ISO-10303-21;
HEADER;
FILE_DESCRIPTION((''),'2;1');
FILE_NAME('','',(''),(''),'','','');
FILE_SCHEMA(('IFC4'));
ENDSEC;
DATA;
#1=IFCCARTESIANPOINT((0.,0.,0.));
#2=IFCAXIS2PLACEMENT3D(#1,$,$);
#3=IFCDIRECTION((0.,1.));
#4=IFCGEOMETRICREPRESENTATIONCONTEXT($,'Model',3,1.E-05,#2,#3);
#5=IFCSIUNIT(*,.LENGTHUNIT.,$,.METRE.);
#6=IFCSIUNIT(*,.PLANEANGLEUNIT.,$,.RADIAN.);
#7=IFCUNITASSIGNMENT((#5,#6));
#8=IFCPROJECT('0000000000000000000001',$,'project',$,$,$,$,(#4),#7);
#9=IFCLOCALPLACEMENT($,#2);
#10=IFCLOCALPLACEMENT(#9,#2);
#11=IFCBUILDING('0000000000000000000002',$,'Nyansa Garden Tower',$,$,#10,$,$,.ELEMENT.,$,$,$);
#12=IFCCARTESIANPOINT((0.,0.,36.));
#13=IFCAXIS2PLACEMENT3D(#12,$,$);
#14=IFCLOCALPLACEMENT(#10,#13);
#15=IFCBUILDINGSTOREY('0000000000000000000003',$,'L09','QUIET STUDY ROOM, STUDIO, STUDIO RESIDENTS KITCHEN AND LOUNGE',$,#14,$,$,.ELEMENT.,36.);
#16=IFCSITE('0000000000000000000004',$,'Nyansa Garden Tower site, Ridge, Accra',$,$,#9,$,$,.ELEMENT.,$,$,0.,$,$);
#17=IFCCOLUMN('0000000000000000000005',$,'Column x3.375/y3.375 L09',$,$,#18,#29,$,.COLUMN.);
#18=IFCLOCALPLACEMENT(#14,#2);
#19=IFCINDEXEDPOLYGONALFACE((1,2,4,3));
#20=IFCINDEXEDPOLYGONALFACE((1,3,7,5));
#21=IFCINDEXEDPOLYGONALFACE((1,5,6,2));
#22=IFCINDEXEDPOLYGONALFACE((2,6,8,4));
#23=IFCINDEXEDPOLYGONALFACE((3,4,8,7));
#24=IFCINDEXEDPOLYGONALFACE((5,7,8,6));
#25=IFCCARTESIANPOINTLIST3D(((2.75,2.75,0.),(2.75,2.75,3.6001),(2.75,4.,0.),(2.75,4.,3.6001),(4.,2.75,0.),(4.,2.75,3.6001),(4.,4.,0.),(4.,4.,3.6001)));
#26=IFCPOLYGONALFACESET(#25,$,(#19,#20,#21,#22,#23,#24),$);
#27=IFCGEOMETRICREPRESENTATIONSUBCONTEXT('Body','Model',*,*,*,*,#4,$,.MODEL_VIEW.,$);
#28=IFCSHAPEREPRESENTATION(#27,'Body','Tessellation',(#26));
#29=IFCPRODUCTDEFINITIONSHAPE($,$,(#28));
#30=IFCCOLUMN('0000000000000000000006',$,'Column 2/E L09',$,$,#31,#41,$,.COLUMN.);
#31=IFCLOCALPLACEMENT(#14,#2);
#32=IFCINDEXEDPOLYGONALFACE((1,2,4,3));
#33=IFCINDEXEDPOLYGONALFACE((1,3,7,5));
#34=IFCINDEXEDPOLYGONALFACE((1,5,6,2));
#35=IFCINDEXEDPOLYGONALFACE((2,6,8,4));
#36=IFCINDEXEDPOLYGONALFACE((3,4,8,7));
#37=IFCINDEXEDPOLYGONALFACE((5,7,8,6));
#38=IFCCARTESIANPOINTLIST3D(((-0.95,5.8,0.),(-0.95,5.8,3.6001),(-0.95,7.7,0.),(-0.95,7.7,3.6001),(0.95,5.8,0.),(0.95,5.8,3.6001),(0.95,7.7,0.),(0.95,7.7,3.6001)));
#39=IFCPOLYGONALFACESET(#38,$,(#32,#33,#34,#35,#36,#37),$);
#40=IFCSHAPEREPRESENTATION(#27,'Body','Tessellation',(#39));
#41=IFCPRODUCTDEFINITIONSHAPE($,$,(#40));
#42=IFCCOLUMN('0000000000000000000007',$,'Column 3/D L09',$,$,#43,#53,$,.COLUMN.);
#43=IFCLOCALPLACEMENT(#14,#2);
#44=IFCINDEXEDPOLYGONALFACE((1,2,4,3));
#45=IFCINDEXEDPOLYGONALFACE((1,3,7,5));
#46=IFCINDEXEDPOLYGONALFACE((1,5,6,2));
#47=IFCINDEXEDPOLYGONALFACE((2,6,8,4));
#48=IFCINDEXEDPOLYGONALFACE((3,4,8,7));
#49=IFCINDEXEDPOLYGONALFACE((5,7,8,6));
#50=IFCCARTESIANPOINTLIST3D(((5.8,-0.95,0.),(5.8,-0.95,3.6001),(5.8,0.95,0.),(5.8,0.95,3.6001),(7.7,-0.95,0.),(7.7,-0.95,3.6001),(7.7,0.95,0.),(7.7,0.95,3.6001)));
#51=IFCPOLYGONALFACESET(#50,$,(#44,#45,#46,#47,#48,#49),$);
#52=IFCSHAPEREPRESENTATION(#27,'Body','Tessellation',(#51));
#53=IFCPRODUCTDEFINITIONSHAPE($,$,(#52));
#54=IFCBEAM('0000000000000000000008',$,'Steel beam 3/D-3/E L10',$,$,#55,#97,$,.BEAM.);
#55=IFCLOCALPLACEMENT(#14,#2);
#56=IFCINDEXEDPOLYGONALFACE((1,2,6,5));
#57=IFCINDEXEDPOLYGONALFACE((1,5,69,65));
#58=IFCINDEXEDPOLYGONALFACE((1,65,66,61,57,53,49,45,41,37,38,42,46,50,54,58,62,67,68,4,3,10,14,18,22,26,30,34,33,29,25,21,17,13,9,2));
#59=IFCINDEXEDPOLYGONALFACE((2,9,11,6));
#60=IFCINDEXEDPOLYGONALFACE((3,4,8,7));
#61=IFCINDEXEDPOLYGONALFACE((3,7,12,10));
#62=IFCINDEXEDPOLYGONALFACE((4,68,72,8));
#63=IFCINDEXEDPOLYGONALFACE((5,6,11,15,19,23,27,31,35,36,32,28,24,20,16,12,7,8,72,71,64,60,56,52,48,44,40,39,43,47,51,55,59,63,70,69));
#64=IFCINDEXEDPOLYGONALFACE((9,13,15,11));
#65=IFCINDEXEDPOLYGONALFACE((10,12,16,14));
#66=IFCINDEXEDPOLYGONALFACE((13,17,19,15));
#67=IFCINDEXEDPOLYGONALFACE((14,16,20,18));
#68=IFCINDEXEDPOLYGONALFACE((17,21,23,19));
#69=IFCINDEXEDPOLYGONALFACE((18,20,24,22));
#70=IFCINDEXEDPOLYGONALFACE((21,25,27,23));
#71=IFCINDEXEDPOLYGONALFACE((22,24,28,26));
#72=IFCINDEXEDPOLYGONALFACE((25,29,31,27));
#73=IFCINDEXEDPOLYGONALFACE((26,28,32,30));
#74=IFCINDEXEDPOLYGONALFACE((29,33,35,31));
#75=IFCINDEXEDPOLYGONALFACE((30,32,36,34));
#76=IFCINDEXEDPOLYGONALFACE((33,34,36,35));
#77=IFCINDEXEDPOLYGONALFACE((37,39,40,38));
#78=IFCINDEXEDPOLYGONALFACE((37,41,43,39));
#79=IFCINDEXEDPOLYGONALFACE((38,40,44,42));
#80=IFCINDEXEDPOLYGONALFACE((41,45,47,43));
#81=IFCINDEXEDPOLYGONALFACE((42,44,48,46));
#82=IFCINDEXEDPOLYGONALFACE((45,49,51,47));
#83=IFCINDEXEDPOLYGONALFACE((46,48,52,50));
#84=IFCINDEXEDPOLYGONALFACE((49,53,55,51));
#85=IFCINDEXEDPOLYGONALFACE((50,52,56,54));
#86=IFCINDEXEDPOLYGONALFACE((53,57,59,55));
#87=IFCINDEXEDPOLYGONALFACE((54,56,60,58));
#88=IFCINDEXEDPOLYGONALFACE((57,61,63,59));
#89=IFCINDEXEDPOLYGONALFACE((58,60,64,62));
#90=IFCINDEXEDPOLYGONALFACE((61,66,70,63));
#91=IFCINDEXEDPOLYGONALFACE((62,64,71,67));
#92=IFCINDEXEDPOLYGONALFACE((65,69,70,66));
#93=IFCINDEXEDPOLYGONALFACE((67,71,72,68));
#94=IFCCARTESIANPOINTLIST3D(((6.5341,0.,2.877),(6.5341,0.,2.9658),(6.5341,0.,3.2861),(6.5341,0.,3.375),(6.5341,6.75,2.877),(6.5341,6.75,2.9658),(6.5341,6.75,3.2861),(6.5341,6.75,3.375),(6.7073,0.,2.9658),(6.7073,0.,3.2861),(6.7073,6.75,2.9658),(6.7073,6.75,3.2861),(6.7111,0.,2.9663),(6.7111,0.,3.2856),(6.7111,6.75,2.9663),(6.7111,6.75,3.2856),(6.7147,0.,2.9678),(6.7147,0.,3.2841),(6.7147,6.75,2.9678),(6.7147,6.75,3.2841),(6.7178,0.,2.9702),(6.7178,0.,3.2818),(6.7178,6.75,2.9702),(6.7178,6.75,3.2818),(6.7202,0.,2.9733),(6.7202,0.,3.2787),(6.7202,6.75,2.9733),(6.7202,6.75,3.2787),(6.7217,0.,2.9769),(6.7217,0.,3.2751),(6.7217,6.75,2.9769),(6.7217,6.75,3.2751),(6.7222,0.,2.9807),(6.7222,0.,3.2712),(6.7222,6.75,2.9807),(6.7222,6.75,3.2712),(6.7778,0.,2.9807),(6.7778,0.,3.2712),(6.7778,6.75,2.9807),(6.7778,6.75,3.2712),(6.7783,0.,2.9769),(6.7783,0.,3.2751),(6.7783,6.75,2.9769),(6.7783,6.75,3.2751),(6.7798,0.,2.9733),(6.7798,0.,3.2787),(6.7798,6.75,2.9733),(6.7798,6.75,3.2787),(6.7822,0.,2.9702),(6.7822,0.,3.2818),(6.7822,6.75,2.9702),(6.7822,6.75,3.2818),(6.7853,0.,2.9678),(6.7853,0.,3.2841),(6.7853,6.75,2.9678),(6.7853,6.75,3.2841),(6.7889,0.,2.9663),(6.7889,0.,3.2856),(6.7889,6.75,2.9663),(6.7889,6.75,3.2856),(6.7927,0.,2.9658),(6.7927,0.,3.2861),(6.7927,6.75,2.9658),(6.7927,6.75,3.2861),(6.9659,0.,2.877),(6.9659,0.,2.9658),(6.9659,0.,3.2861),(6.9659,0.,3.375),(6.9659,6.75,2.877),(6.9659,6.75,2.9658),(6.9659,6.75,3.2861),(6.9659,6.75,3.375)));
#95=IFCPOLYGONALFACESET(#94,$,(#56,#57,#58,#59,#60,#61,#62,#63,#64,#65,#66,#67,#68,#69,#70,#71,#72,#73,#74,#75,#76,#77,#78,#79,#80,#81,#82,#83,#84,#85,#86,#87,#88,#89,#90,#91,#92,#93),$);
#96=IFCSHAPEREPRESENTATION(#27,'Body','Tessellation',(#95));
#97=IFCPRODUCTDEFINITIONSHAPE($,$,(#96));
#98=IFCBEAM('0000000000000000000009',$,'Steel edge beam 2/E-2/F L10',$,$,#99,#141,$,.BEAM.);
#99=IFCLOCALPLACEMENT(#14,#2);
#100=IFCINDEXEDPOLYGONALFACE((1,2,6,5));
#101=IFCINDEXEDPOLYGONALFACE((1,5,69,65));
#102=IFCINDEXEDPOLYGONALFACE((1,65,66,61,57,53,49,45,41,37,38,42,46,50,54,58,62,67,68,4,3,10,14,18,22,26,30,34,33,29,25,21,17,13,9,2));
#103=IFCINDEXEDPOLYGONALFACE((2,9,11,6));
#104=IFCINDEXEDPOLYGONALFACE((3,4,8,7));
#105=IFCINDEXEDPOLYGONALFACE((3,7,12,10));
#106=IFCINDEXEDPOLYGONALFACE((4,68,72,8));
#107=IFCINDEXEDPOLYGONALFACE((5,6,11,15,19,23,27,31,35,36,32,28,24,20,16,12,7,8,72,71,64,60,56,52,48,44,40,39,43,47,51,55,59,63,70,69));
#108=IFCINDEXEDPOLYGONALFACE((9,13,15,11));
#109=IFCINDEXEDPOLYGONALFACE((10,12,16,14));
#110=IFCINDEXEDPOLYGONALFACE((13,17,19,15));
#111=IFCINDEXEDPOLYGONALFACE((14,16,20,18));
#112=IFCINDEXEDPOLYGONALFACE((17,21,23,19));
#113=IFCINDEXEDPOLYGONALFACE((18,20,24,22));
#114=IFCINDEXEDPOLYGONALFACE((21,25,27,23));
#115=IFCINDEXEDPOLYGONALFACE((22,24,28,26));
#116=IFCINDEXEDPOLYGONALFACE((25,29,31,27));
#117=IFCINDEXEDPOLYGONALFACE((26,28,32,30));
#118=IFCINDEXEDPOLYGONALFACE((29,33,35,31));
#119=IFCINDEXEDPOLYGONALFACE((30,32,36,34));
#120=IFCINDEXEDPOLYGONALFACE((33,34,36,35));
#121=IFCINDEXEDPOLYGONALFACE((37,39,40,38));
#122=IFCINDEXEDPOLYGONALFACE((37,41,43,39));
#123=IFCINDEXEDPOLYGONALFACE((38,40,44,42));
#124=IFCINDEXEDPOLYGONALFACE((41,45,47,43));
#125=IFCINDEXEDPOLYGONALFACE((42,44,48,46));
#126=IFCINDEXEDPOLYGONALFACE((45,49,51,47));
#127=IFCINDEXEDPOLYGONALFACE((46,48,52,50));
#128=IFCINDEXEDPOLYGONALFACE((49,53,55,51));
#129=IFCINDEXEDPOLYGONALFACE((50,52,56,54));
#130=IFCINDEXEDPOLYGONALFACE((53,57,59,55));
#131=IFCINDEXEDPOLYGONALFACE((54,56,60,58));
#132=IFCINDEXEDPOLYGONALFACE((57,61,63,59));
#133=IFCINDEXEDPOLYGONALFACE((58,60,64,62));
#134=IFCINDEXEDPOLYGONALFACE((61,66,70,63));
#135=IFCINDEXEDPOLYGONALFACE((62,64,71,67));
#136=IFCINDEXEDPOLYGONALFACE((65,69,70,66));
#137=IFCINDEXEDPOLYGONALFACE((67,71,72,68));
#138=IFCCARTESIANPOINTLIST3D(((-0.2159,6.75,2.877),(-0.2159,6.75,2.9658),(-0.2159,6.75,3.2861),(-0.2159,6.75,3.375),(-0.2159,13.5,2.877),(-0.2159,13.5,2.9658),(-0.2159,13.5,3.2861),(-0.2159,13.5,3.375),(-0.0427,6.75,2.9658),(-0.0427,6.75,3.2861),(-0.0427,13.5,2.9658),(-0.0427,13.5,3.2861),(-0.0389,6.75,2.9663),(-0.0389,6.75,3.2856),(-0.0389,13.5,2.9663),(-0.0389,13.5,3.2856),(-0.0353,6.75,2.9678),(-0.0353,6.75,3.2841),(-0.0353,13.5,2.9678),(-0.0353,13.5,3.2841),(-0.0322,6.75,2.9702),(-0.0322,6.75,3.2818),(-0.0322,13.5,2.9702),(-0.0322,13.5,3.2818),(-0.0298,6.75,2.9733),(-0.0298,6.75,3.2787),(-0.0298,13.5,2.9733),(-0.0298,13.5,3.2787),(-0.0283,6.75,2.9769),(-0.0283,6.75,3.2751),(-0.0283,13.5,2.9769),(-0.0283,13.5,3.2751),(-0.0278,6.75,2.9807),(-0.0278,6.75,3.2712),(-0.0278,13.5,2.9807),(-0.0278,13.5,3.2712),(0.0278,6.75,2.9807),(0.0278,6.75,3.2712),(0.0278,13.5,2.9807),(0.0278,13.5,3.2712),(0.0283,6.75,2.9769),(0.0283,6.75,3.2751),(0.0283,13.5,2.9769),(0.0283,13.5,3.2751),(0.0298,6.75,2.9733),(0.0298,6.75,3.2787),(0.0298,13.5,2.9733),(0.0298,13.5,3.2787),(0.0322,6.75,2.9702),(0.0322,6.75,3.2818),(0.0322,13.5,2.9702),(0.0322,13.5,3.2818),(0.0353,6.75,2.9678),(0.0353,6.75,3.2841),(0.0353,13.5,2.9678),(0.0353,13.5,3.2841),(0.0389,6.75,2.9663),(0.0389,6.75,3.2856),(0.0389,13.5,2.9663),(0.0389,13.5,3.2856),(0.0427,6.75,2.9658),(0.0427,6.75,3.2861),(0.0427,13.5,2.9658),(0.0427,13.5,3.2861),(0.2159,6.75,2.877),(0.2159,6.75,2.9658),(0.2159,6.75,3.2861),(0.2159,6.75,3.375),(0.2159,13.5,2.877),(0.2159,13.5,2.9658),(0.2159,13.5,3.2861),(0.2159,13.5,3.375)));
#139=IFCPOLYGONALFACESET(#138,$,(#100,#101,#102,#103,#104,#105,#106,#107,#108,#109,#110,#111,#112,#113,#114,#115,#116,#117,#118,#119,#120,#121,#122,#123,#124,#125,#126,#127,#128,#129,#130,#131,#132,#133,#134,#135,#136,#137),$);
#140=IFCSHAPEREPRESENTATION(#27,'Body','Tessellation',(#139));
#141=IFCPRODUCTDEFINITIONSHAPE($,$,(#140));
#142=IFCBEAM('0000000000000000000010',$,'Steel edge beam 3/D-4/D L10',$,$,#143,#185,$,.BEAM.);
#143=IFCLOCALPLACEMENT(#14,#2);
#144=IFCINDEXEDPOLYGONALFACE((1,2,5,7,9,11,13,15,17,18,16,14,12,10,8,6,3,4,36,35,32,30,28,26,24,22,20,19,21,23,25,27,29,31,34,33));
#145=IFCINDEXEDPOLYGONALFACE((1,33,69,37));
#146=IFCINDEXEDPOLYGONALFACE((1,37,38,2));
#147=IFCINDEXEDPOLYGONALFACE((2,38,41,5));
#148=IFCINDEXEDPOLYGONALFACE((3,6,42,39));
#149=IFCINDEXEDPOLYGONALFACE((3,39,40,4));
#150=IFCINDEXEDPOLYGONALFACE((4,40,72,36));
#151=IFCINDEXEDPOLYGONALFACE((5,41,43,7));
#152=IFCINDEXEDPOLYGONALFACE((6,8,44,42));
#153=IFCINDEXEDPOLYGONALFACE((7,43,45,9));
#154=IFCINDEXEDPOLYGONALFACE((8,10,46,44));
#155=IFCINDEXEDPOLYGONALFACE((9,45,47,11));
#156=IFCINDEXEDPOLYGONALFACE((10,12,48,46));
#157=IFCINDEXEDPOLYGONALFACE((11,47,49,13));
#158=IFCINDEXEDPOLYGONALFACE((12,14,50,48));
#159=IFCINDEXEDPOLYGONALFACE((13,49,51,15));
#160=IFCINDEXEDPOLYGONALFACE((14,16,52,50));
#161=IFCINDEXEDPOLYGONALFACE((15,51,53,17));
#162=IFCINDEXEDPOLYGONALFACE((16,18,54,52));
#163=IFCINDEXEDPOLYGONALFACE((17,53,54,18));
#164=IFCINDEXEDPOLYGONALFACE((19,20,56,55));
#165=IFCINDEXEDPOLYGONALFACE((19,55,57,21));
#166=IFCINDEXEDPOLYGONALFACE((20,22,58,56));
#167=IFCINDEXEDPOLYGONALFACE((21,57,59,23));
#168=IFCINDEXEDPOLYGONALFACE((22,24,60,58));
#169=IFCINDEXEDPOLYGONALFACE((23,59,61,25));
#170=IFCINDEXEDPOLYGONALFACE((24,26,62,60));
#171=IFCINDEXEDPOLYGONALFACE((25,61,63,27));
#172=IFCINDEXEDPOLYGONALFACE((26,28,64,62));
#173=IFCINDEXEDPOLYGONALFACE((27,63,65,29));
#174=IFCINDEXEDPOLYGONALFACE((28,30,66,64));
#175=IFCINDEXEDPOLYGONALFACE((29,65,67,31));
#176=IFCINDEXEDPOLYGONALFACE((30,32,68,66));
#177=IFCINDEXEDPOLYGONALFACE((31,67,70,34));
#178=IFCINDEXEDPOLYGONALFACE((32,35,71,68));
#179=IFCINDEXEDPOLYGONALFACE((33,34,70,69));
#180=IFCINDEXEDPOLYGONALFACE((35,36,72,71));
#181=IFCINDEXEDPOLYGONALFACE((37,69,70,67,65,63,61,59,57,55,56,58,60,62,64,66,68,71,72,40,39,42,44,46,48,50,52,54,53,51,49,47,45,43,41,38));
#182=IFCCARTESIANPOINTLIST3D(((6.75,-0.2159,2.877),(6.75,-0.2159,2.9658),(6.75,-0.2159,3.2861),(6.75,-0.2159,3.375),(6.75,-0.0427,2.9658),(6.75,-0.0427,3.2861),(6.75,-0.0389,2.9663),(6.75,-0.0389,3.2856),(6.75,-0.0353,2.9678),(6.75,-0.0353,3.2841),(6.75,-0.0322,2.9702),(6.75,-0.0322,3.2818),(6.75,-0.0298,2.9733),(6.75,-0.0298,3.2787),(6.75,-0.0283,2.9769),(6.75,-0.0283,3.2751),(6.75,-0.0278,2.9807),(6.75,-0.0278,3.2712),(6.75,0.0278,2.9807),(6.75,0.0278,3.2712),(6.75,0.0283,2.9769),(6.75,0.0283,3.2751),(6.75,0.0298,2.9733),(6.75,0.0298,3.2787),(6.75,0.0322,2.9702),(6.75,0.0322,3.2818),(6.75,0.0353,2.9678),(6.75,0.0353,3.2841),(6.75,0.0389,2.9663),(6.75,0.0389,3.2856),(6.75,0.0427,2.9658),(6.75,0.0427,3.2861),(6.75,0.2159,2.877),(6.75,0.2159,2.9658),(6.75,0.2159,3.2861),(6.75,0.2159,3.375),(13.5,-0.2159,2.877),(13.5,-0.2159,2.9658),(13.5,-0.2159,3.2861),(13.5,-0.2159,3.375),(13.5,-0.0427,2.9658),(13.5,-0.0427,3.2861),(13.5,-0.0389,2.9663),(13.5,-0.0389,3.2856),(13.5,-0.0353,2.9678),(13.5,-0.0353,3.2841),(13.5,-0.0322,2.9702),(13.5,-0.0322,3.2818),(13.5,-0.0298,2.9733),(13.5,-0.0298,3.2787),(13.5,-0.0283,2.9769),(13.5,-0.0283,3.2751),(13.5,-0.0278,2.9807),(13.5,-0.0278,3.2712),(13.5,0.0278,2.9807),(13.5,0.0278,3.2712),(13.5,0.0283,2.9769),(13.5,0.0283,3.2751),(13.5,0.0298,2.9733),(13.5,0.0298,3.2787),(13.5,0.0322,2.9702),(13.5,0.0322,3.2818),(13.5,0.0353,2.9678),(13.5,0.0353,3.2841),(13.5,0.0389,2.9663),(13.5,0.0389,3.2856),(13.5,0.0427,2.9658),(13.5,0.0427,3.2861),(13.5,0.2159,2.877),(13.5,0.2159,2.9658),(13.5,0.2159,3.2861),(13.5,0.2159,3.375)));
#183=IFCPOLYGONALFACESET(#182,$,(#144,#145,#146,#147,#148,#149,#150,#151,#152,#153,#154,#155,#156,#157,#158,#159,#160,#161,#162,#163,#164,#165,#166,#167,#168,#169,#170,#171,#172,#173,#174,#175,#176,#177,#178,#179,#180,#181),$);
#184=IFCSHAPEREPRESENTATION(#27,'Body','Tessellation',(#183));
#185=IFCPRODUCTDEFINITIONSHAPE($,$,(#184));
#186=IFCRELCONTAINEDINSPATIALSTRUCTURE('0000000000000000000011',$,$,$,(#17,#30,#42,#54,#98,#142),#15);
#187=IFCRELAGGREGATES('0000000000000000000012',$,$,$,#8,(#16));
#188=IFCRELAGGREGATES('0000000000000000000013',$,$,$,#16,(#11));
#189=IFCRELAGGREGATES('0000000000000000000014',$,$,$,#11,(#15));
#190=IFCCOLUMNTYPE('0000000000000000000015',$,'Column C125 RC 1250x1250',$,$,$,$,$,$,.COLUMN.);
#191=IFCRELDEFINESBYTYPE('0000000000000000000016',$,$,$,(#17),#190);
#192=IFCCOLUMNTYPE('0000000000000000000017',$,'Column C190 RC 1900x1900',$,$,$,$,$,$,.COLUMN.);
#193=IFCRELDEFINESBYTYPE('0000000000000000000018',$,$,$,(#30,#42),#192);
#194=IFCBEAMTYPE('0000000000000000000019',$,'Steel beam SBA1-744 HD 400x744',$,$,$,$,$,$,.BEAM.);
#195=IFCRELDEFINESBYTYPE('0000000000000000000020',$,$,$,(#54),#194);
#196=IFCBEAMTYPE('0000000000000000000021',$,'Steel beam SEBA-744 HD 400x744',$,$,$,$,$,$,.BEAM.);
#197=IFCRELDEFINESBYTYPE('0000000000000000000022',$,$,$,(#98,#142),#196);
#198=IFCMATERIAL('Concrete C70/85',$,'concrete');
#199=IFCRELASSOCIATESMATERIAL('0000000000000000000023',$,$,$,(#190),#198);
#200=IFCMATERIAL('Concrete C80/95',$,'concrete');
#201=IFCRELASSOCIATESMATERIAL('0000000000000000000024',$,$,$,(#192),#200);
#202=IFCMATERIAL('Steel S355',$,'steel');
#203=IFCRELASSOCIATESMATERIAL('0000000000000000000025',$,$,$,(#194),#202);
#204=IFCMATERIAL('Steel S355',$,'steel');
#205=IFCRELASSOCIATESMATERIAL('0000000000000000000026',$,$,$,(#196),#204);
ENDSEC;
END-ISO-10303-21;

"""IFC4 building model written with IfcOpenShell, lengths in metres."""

from ifc_helpers import new_model, si_unit, direction, frame, origin, origin_2d, place, context, subcontext, project, spatial, rectangle, i_section, extrude, material, material_profile, profile_set, type_object, element, save


model = new_model("IFC4")

# Units and contexts
model_context = context("Model", 3, precision=1e-05, world=origin(), true_north=direction((0.0, 1.0)))
body_context = subcontext(model_context, "Body", "Model", "MODEL_VIEW")
ifc_project = project(units=[si_unit("LENGTHUNIT", "METRE"), si_unit("PLANEANGLEUNIT", "RADIAN")], contexts=[model_context])

# Site, building, storey
site_placement = place(None, origin())
site = spatial("IfcSite", under=ifc_project, at=site_placement, Name="Nyansa Garden Tower site, Ridge, Accra", CompositionType="ELEMENT", RefElevation=0.0)
building_placement = place(site_placement, origin())
building = spatial("IfcBuilding", under=site, at=building_placement, Name="Nyansa Garden Tower", CompositionType="ELEMENT")
storey_placement = place(building_placement, frame((0.0, 0.0, 36.0)))
storey = spatial("IfcBuildingStorey", under=building, at=storey_placement, Name="L09", Description="QUIET STUDY ROOM, STUDIO, STUDIO RESIDENTS KITCHEN AND LOUNGE", CompositionType="ELEMENT", Elevation=36.0)

# Columns
ifc_material_1 = material(Name="Concrete C70/85", Category="concrete")
ifc_material_profile_1 = material_profile(ifc_material_1, rectangle(XDim=1.25, YDim=1.25, at=origin_2d()), Name="RC 1250x1250")
ifc_profile_set_1 = profile_set([ifc_material_profile_1], Name="Concrete C70/85")
column_type_1 = type_object("IfcColumnType", Name="Column C125 RC 1250x1250", PredefinedType="COLUMN", material=ifc_profile_set_1)
column_placement = place(storey_placement, frame((3.375, 3.375, 0.0), z_axis=(0.0, 0.0, 1.0), x_axis=(1.0, 0.0, 0.0)))
element("IfcColumn", 1, at=column_placement, inside=storey, type_object=column_type_1, Name="Column x3.375/y3.375 L09", PredefinedType="COLUMN", context=body_context, shape_type="SweptSolid", body=[
    extrude(rectangle(XDim=1.25, YDim=1.25, at=origin_2d()), origin(), (0.0, 0.0, 1.0), 3.6001),
])
ifc_material_2 = material(Name="Concrete C80/95", Category="concrete")
ifc_material_profile_2 = material_profile(ifc_material_2, rectangle(XDim=1.8999, YDim=1.8999, at=origin_2d()), Name="RC 1900x1900")
ifc_profile_set_2 = profile_set([ifc_material_profile_2], Name="Concrete C80/95")
column_type_2 = type_object("IfcColumnType", Name="Column C190 RC 1900x1900", PredefinedType="COLUMN", material=ifc_profile_set_2)
for number, where, z_axis, x_axis, name in (
    (2, (0.0, 6.75, 0.0), (0.0, 0.0, 1.0), (1.0, 0.0, 0.0), "Column 2/E L09"),
    (3, (6.75, 0.0, 0.0), (0.0, 0.0, 1.0), (1.0, 0.0, 0.0), "Column 3/D L09"),
):
    element("IfcColumn", number, at=place(storey_placement, frame(where, z_axis=z_axis, x_axis=x_axis)), inside=storey, type_object=column_type_2, Name=name, PredefinedType="COLUMN", context=body_context, shape_type="SweptSolid", body=[
        extrude(rectangle(XDim=1.8999, YDim=1.8999, at=origin_2d()), origin(), (0.0, 0.0, 1.0), 3.6001),
    ])

# Beams
ifc_material_3 = material(Name="Steel S355", Category="steel")
ifc_material_profile_3 = material_profile(ifc_material_3, i_section(OverallWidth=0.4319, OverallDepth=0.498, WebThickness=0.0557, FlangeThickness=0.0889, FilletRadius=0.0149, at=origin_2d()), Name="HD 400x744")
ifc_profile_set_3 = profile_set([ifc_material_profile_3], Name="Steel S355")
beam_type_1 = type_object("IfcBeamType", Name="Steel beam SBA1-744 HD 400x744", PredefinedType="BEAM", material=ifc_profile_set_3)
beam_placement = place(storey_placement, frame((6.75, 0.0, 3.126), z_axis=(0.0, 1.0, 0.0), x_axis=(-1.0, 0.0, 0.0)))
element("IfcBeam", 4, at=beam_placement, inside=storey, type_object=beam_type_1, Name="Steel beam 3/D-3/E L10", PredefinedType="BEAM", context=body_context, shape_type="SweptSolid", body=[
    extrude(i_section(OverallWidth=0.4319, OverallDepth=0.498, WebThickness=0.0557, FlangeThickness=0.0889, FilletRadius=0.0149, at=origin_2d()), origin(), (0.0, 0.0, 1.0), 6.75),
])
ifc_material_4 = material(Name="Steel S355", Category="steel")
ifc_material_profile_4 = material_profile(ifc_material_4, i_section(OverallWidth=0.4319, OverallDepth=0.498, WebThickness=0.0557, FlangeThickness=0.0889, FilletRadius=0.0149, at=origin_2d()), Name="HD 400x744")
ifc_profile_set_4 = profile_set([ifc_material_profile_4], Name="Steel S355")
beam_type_2 = type_object("IfcBeamType", Name="Steel beam SEBA-744 HD 400x744", PredefinedType="BEAM", material=ifc_profile_set_4)
for number, where, z_axis, x_axis, name in (
    (5, (0.0, 6.75, 3.126), (0.0, 1.0, 0.0), (-1.0, 0.0, 0.0), "Steel edge beam 2/E-2/F L10"),
    (6, (6.75, 0.0, 3.126), (1.0, 0.0, 0.0), (0.0, 1.0, 0.0), "Steel edge beam 3/D-4/D L10"),
):
    element("IfcBeam", number, at=place(storey_placement, frame(where, z_axis=z_axis, x_axis=x_axis)), inside=storey, type_object=beam_type_2, Name=name, PredefinedType="BEAM", context=body_context, shape_type="SweptSolid", body=[
        extrude(i_section(OverallWidth=0.4319, OverallDepth=0.498, WebThickness=0.0557, FlangeThickness=0.0889, FilletRadius=0.0149, at=origin_2d()), origin(), (0.0, 0.0, 1.0), 6.75),
    ])

save(model, "model.ifc")
